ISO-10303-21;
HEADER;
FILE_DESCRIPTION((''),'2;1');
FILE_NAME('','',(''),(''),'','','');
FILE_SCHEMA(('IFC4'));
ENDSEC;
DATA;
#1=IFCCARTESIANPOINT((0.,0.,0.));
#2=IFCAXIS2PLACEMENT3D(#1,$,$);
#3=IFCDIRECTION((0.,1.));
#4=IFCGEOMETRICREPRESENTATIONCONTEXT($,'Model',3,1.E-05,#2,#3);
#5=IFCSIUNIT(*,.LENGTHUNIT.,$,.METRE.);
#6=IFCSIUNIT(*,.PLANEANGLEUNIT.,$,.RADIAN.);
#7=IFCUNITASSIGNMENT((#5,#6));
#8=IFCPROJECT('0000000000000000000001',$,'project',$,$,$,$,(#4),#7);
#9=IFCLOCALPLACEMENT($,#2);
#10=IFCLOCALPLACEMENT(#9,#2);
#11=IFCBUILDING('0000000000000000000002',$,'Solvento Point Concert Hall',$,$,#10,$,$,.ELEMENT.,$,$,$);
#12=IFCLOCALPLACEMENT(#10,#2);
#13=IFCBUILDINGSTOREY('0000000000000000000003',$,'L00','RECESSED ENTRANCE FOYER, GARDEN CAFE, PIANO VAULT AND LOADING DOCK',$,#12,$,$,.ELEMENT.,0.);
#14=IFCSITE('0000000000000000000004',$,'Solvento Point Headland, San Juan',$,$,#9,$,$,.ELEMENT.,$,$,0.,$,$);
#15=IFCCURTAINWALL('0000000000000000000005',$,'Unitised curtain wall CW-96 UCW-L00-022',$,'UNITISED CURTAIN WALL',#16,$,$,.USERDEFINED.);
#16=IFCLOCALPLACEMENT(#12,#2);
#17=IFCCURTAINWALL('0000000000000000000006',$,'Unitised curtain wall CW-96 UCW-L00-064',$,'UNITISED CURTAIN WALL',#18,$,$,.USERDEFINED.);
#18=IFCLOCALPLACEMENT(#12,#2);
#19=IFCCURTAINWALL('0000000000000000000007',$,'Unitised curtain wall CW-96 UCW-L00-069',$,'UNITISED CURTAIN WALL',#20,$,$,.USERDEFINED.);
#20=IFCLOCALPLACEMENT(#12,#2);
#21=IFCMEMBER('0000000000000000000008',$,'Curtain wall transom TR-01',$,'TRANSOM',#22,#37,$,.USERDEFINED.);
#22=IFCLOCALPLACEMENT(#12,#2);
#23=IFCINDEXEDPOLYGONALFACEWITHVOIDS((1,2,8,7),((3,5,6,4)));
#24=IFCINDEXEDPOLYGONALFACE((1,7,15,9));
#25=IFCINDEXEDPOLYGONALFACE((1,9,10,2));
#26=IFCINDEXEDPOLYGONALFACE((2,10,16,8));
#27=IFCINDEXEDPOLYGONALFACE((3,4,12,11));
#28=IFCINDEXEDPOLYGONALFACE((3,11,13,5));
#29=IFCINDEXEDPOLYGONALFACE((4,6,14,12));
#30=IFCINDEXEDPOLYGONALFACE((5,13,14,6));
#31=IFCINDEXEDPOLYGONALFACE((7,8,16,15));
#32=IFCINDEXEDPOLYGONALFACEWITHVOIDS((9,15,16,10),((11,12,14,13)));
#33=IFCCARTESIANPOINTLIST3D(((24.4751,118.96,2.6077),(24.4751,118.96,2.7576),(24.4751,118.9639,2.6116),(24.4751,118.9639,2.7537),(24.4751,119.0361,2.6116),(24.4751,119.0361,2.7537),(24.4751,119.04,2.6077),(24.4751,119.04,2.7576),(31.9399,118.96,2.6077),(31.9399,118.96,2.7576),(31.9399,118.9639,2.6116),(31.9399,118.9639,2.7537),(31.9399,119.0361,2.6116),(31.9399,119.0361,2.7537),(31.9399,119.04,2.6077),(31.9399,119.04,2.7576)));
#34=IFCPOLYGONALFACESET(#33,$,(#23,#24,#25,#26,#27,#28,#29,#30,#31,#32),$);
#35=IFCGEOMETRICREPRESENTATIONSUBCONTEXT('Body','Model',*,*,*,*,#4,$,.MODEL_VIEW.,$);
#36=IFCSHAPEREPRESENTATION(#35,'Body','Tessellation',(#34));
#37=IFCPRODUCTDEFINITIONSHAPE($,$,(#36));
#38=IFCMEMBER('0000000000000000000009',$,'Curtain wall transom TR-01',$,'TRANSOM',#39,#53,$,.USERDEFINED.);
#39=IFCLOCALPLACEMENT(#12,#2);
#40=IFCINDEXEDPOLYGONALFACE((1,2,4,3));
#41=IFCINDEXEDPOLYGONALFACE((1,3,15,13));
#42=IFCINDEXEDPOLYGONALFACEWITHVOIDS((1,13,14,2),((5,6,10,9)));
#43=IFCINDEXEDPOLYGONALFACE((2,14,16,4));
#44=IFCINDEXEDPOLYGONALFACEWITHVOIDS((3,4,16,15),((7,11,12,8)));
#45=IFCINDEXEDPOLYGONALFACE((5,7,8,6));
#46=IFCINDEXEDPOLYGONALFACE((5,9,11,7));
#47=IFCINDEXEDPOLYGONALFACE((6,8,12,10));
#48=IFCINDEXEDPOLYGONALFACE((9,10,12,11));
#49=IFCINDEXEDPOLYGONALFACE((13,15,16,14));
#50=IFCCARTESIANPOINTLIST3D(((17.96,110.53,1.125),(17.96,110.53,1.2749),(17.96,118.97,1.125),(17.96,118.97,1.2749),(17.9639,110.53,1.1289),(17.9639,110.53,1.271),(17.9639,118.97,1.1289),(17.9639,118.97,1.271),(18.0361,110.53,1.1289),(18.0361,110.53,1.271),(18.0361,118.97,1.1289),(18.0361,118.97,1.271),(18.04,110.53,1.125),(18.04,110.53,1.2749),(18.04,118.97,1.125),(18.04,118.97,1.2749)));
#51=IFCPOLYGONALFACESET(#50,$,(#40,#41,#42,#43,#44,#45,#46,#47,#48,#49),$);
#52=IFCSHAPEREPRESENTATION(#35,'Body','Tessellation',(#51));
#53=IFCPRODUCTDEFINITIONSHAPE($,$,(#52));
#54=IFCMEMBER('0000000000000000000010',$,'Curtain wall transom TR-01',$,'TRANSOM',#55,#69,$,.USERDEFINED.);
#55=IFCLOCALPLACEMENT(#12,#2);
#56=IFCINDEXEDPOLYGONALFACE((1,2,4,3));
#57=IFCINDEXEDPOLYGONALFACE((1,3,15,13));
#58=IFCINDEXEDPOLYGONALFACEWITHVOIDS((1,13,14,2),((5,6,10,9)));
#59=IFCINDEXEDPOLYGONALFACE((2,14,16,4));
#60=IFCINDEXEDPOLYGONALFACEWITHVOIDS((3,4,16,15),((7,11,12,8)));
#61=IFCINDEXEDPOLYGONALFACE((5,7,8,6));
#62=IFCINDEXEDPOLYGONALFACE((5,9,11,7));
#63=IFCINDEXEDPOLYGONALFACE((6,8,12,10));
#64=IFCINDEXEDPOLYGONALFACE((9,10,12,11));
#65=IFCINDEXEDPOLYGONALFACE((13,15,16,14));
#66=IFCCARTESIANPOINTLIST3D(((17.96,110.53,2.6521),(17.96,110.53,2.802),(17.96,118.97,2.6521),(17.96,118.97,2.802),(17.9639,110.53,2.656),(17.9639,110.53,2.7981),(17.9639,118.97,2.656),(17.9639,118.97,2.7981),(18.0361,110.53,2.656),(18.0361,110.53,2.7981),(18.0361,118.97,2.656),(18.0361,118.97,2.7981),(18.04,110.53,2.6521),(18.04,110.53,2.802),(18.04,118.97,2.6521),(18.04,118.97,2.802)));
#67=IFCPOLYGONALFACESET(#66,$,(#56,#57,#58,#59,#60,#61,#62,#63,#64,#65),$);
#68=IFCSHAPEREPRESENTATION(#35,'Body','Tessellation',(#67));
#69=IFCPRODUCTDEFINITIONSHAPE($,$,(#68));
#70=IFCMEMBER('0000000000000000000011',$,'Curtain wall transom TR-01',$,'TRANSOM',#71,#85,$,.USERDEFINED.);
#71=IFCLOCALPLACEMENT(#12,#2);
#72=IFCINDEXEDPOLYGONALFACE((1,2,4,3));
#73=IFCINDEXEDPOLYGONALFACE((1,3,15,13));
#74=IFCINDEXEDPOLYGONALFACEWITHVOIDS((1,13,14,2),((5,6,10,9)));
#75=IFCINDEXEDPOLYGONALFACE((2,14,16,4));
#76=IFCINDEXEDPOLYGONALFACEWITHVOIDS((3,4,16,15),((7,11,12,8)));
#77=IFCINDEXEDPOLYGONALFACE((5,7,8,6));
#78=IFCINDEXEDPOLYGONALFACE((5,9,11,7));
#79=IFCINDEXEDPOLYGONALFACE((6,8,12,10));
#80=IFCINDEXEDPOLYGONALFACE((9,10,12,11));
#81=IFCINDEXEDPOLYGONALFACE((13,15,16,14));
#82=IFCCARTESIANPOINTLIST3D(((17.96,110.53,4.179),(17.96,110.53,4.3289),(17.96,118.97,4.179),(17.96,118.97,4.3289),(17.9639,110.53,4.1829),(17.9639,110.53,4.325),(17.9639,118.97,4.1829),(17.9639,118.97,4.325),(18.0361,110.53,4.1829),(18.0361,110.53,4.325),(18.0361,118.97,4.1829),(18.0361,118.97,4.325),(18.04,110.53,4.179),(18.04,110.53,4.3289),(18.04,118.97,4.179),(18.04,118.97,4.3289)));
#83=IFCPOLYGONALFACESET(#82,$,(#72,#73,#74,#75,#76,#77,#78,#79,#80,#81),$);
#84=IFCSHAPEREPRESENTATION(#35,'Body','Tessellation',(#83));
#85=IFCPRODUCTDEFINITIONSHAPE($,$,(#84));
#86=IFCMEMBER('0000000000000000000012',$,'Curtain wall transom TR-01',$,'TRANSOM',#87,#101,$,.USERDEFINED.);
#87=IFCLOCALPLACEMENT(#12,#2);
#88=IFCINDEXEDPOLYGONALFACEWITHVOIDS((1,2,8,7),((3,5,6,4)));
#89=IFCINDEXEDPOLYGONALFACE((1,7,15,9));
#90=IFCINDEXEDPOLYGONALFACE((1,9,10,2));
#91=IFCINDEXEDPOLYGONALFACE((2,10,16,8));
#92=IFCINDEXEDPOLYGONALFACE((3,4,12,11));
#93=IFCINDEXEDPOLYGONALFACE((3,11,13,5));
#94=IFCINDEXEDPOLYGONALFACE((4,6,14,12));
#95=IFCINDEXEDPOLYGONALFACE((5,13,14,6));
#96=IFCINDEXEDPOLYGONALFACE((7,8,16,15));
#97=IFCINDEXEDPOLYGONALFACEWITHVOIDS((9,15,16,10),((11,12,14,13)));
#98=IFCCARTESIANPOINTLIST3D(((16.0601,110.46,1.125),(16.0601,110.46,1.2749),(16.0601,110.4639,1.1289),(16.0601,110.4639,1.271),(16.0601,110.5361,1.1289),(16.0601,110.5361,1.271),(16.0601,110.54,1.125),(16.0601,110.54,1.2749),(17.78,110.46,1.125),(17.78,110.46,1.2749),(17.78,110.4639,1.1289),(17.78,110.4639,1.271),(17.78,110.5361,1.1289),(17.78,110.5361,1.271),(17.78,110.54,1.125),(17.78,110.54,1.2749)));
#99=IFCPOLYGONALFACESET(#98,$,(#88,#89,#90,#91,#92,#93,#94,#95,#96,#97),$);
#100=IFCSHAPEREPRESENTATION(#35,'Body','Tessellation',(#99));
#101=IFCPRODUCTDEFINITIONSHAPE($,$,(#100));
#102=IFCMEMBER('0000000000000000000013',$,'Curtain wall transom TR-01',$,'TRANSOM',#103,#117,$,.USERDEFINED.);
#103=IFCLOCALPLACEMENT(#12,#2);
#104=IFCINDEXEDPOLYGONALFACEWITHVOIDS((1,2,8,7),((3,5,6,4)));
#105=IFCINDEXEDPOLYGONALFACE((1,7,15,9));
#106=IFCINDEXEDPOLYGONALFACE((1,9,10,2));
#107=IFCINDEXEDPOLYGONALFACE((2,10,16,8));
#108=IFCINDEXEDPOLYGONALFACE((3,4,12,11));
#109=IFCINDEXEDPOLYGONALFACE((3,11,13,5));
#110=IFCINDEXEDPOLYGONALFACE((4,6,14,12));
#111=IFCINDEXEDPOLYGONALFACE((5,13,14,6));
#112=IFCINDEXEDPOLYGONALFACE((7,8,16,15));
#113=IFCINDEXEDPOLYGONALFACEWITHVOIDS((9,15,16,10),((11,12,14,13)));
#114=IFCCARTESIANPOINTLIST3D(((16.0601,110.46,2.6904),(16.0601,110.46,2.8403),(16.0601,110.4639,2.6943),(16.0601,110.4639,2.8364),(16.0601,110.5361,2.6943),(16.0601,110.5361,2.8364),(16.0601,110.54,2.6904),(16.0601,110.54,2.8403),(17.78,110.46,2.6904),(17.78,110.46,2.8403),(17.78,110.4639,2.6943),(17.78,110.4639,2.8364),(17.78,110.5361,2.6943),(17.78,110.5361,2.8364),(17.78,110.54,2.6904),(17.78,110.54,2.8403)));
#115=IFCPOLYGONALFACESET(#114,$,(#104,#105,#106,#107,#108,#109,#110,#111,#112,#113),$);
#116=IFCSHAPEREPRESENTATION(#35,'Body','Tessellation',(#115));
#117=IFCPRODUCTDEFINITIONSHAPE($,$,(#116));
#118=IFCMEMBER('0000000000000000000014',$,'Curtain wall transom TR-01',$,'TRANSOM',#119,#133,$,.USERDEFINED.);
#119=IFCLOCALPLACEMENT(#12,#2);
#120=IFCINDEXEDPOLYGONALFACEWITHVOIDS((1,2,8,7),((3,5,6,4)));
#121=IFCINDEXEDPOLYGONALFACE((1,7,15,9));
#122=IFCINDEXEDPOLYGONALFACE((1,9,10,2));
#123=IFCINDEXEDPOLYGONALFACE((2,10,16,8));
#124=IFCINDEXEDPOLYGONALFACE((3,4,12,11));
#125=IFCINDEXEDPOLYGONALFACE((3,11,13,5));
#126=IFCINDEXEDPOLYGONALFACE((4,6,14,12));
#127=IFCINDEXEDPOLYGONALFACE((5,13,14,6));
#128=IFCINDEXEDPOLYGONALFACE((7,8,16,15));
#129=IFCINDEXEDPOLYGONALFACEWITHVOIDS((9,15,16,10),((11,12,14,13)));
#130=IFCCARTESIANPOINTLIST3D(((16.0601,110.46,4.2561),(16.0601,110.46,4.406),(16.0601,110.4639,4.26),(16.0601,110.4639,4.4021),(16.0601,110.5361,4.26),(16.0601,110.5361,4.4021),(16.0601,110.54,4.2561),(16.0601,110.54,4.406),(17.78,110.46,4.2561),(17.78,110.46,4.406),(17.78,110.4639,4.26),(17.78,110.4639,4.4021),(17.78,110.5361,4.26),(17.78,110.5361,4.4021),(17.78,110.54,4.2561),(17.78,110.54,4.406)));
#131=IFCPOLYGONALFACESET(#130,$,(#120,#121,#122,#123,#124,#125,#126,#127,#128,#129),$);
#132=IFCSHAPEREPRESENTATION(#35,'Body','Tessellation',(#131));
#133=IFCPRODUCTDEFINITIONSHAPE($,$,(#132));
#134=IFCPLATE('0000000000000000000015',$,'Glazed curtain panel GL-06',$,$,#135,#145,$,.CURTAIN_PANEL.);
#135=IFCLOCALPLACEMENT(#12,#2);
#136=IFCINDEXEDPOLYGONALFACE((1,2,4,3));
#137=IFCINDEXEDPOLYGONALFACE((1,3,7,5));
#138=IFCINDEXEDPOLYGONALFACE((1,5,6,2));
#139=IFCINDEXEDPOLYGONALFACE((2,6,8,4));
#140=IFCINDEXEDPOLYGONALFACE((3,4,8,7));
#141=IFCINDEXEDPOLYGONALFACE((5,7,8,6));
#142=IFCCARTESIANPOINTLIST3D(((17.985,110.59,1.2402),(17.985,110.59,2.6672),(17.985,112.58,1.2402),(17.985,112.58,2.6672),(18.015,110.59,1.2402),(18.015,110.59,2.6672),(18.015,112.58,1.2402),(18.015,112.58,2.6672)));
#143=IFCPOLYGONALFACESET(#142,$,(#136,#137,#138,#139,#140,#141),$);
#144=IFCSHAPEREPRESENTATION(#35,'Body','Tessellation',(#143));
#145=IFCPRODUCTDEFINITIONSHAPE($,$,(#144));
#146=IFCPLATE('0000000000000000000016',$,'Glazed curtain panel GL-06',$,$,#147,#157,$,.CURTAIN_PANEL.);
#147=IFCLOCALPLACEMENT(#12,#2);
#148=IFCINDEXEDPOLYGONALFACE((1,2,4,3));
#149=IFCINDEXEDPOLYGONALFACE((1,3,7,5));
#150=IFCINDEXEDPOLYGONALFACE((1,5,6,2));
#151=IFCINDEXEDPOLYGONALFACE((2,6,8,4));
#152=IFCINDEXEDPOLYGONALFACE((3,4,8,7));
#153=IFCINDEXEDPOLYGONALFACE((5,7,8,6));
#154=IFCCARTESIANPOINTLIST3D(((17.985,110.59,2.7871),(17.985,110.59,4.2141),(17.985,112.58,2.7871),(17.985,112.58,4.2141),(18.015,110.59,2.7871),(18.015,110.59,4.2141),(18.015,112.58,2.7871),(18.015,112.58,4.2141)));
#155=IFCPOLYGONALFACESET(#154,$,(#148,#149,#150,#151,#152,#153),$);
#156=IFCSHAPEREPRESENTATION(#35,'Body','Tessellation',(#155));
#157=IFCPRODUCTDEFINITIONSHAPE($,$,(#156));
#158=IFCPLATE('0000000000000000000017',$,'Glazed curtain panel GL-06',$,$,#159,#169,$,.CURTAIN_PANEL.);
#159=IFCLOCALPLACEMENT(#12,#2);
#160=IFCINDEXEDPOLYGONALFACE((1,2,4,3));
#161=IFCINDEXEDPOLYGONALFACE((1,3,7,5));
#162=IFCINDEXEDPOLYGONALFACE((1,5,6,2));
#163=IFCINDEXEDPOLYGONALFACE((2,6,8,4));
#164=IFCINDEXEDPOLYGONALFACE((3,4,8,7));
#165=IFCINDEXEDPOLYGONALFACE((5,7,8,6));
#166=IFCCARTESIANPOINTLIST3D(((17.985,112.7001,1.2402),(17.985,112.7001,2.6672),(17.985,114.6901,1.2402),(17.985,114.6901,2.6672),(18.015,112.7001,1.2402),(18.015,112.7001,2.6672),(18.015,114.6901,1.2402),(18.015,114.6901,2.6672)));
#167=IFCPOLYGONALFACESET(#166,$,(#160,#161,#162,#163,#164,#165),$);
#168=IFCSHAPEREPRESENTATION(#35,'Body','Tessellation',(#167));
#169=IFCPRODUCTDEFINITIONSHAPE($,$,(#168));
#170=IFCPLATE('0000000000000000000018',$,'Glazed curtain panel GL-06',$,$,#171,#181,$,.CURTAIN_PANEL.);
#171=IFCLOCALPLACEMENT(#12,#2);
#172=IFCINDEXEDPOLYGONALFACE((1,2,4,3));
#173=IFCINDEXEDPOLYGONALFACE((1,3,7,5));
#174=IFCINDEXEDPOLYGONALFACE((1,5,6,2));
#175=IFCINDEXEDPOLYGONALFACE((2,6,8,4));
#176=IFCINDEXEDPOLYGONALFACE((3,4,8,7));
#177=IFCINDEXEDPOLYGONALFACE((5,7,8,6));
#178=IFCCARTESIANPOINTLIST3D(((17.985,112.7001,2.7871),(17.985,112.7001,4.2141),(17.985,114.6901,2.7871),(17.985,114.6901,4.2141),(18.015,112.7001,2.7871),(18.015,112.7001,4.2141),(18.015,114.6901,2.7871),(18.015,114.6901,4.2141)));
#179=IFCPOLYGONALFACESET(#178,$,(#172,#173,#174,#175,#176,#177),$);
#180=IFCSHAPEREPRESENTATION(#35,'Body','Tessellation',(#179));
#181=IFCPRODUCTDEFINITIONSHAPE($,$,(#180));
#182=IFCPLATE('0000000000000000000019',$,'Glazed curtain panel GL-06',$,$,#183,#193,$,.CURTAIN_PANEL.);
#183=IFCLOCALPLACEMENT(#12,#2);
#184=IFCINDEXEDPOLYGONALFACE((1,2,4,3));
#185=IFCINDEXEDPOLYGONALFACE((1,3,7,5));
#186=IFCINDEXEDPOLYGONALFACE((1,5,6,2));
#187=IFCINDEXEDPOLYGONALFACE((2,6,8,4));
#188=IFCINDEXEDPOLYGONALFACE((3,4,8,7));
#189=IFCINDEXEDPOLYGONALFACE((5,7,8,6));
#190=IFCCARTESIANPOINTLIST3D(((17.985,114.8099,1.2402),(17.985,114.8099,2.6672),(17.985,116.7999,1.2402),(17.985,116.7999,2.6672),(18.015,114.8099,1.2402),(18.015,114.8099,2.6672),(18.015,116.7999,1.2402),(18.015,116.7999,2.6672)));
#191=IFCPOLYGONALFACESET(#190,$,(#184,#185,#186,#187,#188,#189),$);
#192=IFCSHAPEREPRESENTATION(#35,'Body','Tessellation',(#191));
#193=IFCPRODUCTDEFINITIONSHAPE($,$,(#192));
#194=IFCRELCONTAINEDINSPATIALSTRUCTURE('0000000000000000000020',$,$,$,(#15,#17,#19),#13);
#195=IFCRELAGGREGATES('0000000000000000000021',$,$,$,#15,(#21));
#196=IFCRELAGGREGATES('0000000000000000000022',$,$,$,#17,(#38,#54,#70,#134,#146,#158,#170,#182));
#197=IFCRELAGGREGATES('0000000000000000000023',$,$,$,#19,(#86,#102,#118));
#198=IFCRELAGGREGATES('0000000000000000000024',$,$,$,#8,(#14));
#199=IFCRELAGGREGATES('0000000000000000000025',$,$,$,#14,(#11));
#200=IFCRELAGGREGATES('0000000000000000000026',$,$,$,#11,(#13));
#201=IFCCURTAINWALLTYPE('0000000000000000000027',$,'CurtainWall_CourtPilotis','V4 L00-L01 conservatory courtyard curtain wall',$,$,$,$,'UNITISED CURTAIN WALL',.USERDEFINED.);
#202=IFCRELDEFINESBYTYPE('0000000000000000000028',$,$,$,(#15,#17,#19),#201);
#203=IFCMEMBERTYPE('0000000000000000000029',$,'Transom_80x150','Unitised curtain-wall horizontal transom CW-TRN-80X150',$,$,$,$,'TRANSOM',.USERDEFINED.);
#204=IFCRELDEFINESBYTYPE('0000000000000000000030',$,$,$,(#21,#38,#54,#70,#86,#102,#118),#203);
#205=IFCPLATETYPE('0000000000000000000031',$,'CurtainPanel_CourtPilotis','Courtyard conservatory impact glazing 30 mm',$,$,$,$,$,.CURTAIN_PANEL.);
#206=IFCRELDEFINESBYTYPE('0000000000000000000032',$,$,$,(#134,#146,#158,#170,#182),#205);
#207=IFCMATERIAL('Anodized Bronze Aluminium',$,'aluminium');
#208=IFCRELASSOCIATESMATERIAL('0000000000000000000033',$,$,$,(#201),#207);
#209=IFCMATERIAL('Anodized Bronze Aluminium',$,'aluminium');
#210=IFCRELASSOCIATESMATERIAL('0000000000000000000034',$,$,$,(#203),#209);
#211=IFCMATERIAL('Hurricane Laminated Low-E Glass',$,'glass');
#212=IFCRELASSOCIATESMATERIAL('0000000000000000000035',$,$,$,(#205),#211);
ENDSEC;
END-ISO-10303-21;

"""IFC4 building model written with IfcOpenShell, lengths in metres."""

from ifc_helpers import new_model, si_unit, direction, frame, origin, origin_2d, place, context, subcontext, project, spatial, rectangle, hollow_rectangle, extrude, material, material_profile, profile_set, type_object, element, aggregate, save


model = new_model("IFC4")

# Units and contexts
model_context = context("Model", 3, precision=1e-05, world=origin(), true_north=direction((0.0, 1.0)))
body_context = subcontext(model_context, "Body", "Model", "MODEL_VIEW")
ifc_project = project(units=[si_unit("LENGTHUNIT", "METRE"), si_unit("PLANEANGLEUNIT", "RADIAN")], contexts=[model_context])

# Site, building, storey
site_placement = place(None, origin())
site = spatial("IfcSite", under=ifc_project, at=site_placement, Name="Solvento Point Headland, San Juan", CompositionType="ELEMENT", RefElevation=0.0)
building_placement = place(site_placement, origin())
building = spatial("IfcBuilding", under=site, at=building_placement, Name="Solvento Point Concert Hall", CompositionType="ELEMENT")
storey_placement = place(building_placement, origin())
storey = spatial("IfcBuildingStorey", under=building, at=storey_placement, Name="L00", Description="RECESSED ENTRANCE FOYER, GARDEN CAFE, PIANO VAULT AND LOADING DOCK", CompositionType="ELEMENT", Elevation=0.0)

# Curtain wall
ifc_material_1 = material(Name="Anodized Bronze Aluminium", Category="aluminium")
curtain_wall_type = type_object("IfcCurtainWallType", Name="CurtainWall_CourtPilotis", Description="V4 L00-L01 conservatory courtyard curtain wall", ElementType="UNITISED CURTAIN WALL", PredefinedType="USERDEFINED", material=ifc_material_1)
curtain_wall_1_placement = place(storey_placement, origin())
curtain_wall_1 = element("IfcCurtainWall", 1, at=curtain_wall_1_placement, inside=storey, type_object=curtain_wall_type, Name="Unitised curtain wall CW-96 UCW-L00-022", ObjectType="UNITISED CURTAIN WALL", PredefinedType="USERDEFINED")

# Curtain walls
curtain_wall_2_placement = place(storey_placement, origin())
curtain_wall_2 = element("IfcCurtainWall", 2, at=curtain_wall_2_placement, inside=storey, type_object=curtain_wall_type, Name="Unitised curtain wall CW-96 UCW-L00-064", ObjectType="UNITISED CURTAIN WALL", PredefinedType="USERDEFINED")
curtain_wall_3_placement = place(storey_placement, origin())
curtain_wall_3 = element("IfcCurtainWall", 3, at=curtain_wall_3_placement, inside=storey, type_object=curtain_wall_type, Name="Unitised curtain wall CW-96 UCW-L00-069", ObjectType="UNITISED CURTAIN WALL", PredefinedType="USERDEFINED")

# Members
ifc_material_2 = material(Name="Anodized Bronze Aluminium", Category="aluminium")
ifc_material_profile_1 = material_profile(ifc_material_2, hollow_rectangle(XDim=0.0801, YDim=0.1499, WallThickness=0.0039, at=origin_2d()), Name="CW-TRN-80X150")
ifc_profile_set_1 = profile_set([ifc_material_profile_1], Name="Anodized Bronze Aluminium")
member_type_1 = type_object("IfcMemberType", Name="Transom_80x150", Description="Unitised curtain-wall horizontal transom CW-TRN-80X150", ElementType="TRANSOM", PredefinedType="USERDEFINED", material=ifc_profile_set_1)
member_1_placement = place(storey_placement, frame((24.4751, 119.0, 2.6826), z_axis=(1.0, 0.0, 0.0), x_axis=(0.0, 1.0, 0.0)))
member_1 = element("IfcMember", 4, at=member_1_placement, type_object=member_type_1, Name="Curtain wall transom TR-01", ObjectType="TRANSOM", PredefinedType="USERDEFINED", context=body_context, shape_type="SweptSolid", body=[
    extrude(hollow_rectangle(XDim=0.0801, YDim=0.1499, WallThickness=0.0039, at=origin_2d()), origin(), (0.0, 0.0, 1.0), 7.4648),
])
aggregate(curtain_wall_1, [member_1])
member_2_placement = place(storey_placement, frame((18.0, 110.53, 1.2), z_axis=(0.0, 1.0, 0.0), x_axis=(-1.0, 0.0, 0.0)))
member_2 = element("IfcMember", 5, at=member_2_placement, type_object=member_type_1, Name="Curtain wall transom TR-01", ObjectType="TRANSOM", PredefinedType="USERDEFINED", context=body_context, shape_type="SweptSolid", body=[
    extrude(hollow_rectangle(XDim=0.0801, YDim=0.1499, WallThickness=0.0039, at=origin_2d()), origin(), (0.0, 0.0, 1.0), 8.4399),
])
member_3_placement = place(storey_placement, frame((18.0, 110.53, 2.7271), z_axis=(0.0, 1.0, 0.0), x_axis=(-1.0, 0.0, 0.0)))
member_3 = element("IfcMember", 6, at=member_3_placement, type_object=member_type_1, Name="Curtain wall transom TR-01", ObjectType="TRANSOM", PredefinedType="USERDEFINED", context=body_context, shape_type="SweptSolid", body=[
    extrude(hollow_rectangle(XDim=0.0801, YDim=0.1499, WallThickness=0.0039, at=origin_2d()), origin(), (0.0, 0.0, 1.0), 8.4399),
])
member_4_placement = place(storey_placement, frame((18.0, 110.53, 4.2539), z_axis=(0.0, 1.0, 0.0), x_axis=(-1.0, 0.0, 0.0)))
member_4 = element("IfcMember", 7, at=member_4_placement, type_object=member_type_1, Name="Curtain wall transom TR-01", ObjectType="TRANSOM", PredefinedType="USERDEFINED", context=body_context, shape_type="SweptSolid", body=[
    extrude(hollow_rectangle(XDim=0.0801, YDim=0.1499, WallThickness=0.0039, at=origin_2d()), origin(), (0.0, 0.0, 1.0), 8.4399),
])
member_5_placement = place(storey_placement, frame((16.0601, 110.5, 1.2), z_axis=(1.0, 0.0, 0.0), x_axis=(0.0, 1.0, 0.0)))
member_5 = element("IfcMember", 8, at=member_5_placement, type_object=member_type_1, Name="Curtain wall transom TR-01", ObjectType="TRANSOM", PredefinedType="USERDEFINED", context=body_context, shape_type="SweptSolid", body=[
    extrude(hollow_rectangle(XDim=0.0801, YDim=0.1499, WallThickness=0.0039, at=origin_2d()), origin(), (0.0, 0.0, 1.0), 1.72),
])
member_6_placement = place(storey_placement, frame((16.0601, 110.5, 2.7654), z_axis=(1.0, 0.0, 0.0), x_axis=(0.0, 1.0, 0.0)))
member_6 = element("IfcMember", 9, at=member_6_placement, type_object=member_type_1, Name="Curtain wall transom TR-01", ObjectType="TRANSOM", PredefinedType="USERDEFINED", context=body_context, shape_type="SweptSolid", body=[
    extrude(hollow_rectangle(XDim=0.0801, YDim=0.1499, WallThickness=0.0039, at=origin_2d()), origin(), (0.0, 0.0, 1.0), 1.72),
])
member_7_placement = place(storey_placement, frame((16.0601, 110.5, 4.3311), z_axis=(1.0, 0.0, 0.0), x_axis=(0.0, 1.0, 0.0)))
member_7 = element("IfcMember", 10, at=member_7_placement, type_object=member_type_1, Name="Curtain wall transom TR-01", ObjectType="TRANSOM", PredefinedType="USERDEFINED", context=body_context, shape_type="SweptSolid", body=[
    extrude(hollow_rectangle(XDim=0.0801, YDim=0.1499, WallThickness=0.0039, at=origin_2d()), origin(), (0.0, 0.0, 1.0), 1.72),
])

# Plates
ifc_material_3 = material(Name="Hurricane Laminated Low-E Glass", Category="glass")
plate_type = type_object("IfcPlateType", Name="CurtainPanel_CourtPilotis", Description="Courtyard conservatory impact glazing 30 mm", PredefinedType="CURTAIN_PANEL", material=ifc_material_3)
plate_1_placement = place(storey_placement, frame((18.0, 111.585, 1.2402), z_axis=(0.0, 0.0, 1.0), x_axis=(0.0, 1.0, 0.0)))
plate_1 = element("IfcPlate", 11, at=plate_1_placement, type_object=plate_type, Name="Glazed curtain panel GL-06", PredefinedType="CURTAIN_PANEL", context=body_context, shape_type="SweptSolid", body=[
    extrude(rectangle(XDim=1.99, YDim=0.03, at=origin_2d()), origin(), (0.0, 0.0, 1.0), 1.427),
])
plate_2_placement = place(storey_placement, frame((18.0, 111.585, 2.7871), z_axis=(0.0, 0.0, 1.0), x_axis=(0.0, 1.0, 0.0)))
plate_2 = element("IfcPlate", 12, at=plate_2_placement, type_object=plate_type, Name="Glazed curtain panel GL-06", PredefinedType="CURTAIN_PANEL", context=body_context, shape_type="SweptSolid", body=[
    extrude(rectangle(XDim=1.99, YDim=0.03, at=origin_2d()), origin(), (0.0, 0.0, 1.0), 1.427),
])
plate_3_placement = place(storey_placement, frame((18.0, 113.6951, 1.2402), z_axis=(0.0, 0.0, 1.0), x_axis=(0.0, 1.0, 0.0)))
plate_3 = element("IfcPlate", 13, at=plate_3_placement, type_object=plate_type, Name="Glazed curtain panel GL-06", PredefinedType="CURTAIN_PANEL", context=body_context, shape_type="SweptSolid", body=[
    extrude(rectangle(XDim=1.99, YDim=0.03, at=origin_2d()), origin(), (0.0, 0.0, 1.0), 1.427),
])
plate_4_placement = place(storey_placement, frame((18.0, 113.6951, 2.7871), z_axis=(0.0, 0.0, 1.0), x_axis=(0.0, 1.0, 0.0)))
plate_4 = element("IfcPlate", 14, at=plate_4_placement, type_object=plate_type, Name="Glazed curtain panel GL-06", PredefinedType="CURTAIN_PANEL", context=body_context, shape_type="SweptSolid", body=[
    extrude(rectangle(XDim=1.99, YDim=0.03, at=origin_2d()), origin(), (0.0, 0.0, 1.0), 1.427),
])
plate_5_placement = place(storey_placement, frame((18.0, 115.8049, 1.2402), z_axis=(0.0, 0.0, 1.0), x_axis=(0.0, 1.0, 0.0)))
plate_5 = element("IfcPlate", 15, at=plate_5_placement, type_object=plate_type, Name="Glazed curtain panel GL-06", PredefinedType="CURTAIN_PANEL", context=body_context, shape_type="SweptSolid", body=[
    extrude(rectangle(XDim=1.99, YDim=0.03, at=origin_2d()), origin(), (0.0, 0.0, 1.0), 1.427),
])
aggregate(curtain_wall_2, [member_2, member_3, member_4, plate_1, plate_2, plate_3, plate_4, plate_5])
aggregate(curtain_wall_3, [member_5, member_6, member_7])

save(model, "model.ifc")
